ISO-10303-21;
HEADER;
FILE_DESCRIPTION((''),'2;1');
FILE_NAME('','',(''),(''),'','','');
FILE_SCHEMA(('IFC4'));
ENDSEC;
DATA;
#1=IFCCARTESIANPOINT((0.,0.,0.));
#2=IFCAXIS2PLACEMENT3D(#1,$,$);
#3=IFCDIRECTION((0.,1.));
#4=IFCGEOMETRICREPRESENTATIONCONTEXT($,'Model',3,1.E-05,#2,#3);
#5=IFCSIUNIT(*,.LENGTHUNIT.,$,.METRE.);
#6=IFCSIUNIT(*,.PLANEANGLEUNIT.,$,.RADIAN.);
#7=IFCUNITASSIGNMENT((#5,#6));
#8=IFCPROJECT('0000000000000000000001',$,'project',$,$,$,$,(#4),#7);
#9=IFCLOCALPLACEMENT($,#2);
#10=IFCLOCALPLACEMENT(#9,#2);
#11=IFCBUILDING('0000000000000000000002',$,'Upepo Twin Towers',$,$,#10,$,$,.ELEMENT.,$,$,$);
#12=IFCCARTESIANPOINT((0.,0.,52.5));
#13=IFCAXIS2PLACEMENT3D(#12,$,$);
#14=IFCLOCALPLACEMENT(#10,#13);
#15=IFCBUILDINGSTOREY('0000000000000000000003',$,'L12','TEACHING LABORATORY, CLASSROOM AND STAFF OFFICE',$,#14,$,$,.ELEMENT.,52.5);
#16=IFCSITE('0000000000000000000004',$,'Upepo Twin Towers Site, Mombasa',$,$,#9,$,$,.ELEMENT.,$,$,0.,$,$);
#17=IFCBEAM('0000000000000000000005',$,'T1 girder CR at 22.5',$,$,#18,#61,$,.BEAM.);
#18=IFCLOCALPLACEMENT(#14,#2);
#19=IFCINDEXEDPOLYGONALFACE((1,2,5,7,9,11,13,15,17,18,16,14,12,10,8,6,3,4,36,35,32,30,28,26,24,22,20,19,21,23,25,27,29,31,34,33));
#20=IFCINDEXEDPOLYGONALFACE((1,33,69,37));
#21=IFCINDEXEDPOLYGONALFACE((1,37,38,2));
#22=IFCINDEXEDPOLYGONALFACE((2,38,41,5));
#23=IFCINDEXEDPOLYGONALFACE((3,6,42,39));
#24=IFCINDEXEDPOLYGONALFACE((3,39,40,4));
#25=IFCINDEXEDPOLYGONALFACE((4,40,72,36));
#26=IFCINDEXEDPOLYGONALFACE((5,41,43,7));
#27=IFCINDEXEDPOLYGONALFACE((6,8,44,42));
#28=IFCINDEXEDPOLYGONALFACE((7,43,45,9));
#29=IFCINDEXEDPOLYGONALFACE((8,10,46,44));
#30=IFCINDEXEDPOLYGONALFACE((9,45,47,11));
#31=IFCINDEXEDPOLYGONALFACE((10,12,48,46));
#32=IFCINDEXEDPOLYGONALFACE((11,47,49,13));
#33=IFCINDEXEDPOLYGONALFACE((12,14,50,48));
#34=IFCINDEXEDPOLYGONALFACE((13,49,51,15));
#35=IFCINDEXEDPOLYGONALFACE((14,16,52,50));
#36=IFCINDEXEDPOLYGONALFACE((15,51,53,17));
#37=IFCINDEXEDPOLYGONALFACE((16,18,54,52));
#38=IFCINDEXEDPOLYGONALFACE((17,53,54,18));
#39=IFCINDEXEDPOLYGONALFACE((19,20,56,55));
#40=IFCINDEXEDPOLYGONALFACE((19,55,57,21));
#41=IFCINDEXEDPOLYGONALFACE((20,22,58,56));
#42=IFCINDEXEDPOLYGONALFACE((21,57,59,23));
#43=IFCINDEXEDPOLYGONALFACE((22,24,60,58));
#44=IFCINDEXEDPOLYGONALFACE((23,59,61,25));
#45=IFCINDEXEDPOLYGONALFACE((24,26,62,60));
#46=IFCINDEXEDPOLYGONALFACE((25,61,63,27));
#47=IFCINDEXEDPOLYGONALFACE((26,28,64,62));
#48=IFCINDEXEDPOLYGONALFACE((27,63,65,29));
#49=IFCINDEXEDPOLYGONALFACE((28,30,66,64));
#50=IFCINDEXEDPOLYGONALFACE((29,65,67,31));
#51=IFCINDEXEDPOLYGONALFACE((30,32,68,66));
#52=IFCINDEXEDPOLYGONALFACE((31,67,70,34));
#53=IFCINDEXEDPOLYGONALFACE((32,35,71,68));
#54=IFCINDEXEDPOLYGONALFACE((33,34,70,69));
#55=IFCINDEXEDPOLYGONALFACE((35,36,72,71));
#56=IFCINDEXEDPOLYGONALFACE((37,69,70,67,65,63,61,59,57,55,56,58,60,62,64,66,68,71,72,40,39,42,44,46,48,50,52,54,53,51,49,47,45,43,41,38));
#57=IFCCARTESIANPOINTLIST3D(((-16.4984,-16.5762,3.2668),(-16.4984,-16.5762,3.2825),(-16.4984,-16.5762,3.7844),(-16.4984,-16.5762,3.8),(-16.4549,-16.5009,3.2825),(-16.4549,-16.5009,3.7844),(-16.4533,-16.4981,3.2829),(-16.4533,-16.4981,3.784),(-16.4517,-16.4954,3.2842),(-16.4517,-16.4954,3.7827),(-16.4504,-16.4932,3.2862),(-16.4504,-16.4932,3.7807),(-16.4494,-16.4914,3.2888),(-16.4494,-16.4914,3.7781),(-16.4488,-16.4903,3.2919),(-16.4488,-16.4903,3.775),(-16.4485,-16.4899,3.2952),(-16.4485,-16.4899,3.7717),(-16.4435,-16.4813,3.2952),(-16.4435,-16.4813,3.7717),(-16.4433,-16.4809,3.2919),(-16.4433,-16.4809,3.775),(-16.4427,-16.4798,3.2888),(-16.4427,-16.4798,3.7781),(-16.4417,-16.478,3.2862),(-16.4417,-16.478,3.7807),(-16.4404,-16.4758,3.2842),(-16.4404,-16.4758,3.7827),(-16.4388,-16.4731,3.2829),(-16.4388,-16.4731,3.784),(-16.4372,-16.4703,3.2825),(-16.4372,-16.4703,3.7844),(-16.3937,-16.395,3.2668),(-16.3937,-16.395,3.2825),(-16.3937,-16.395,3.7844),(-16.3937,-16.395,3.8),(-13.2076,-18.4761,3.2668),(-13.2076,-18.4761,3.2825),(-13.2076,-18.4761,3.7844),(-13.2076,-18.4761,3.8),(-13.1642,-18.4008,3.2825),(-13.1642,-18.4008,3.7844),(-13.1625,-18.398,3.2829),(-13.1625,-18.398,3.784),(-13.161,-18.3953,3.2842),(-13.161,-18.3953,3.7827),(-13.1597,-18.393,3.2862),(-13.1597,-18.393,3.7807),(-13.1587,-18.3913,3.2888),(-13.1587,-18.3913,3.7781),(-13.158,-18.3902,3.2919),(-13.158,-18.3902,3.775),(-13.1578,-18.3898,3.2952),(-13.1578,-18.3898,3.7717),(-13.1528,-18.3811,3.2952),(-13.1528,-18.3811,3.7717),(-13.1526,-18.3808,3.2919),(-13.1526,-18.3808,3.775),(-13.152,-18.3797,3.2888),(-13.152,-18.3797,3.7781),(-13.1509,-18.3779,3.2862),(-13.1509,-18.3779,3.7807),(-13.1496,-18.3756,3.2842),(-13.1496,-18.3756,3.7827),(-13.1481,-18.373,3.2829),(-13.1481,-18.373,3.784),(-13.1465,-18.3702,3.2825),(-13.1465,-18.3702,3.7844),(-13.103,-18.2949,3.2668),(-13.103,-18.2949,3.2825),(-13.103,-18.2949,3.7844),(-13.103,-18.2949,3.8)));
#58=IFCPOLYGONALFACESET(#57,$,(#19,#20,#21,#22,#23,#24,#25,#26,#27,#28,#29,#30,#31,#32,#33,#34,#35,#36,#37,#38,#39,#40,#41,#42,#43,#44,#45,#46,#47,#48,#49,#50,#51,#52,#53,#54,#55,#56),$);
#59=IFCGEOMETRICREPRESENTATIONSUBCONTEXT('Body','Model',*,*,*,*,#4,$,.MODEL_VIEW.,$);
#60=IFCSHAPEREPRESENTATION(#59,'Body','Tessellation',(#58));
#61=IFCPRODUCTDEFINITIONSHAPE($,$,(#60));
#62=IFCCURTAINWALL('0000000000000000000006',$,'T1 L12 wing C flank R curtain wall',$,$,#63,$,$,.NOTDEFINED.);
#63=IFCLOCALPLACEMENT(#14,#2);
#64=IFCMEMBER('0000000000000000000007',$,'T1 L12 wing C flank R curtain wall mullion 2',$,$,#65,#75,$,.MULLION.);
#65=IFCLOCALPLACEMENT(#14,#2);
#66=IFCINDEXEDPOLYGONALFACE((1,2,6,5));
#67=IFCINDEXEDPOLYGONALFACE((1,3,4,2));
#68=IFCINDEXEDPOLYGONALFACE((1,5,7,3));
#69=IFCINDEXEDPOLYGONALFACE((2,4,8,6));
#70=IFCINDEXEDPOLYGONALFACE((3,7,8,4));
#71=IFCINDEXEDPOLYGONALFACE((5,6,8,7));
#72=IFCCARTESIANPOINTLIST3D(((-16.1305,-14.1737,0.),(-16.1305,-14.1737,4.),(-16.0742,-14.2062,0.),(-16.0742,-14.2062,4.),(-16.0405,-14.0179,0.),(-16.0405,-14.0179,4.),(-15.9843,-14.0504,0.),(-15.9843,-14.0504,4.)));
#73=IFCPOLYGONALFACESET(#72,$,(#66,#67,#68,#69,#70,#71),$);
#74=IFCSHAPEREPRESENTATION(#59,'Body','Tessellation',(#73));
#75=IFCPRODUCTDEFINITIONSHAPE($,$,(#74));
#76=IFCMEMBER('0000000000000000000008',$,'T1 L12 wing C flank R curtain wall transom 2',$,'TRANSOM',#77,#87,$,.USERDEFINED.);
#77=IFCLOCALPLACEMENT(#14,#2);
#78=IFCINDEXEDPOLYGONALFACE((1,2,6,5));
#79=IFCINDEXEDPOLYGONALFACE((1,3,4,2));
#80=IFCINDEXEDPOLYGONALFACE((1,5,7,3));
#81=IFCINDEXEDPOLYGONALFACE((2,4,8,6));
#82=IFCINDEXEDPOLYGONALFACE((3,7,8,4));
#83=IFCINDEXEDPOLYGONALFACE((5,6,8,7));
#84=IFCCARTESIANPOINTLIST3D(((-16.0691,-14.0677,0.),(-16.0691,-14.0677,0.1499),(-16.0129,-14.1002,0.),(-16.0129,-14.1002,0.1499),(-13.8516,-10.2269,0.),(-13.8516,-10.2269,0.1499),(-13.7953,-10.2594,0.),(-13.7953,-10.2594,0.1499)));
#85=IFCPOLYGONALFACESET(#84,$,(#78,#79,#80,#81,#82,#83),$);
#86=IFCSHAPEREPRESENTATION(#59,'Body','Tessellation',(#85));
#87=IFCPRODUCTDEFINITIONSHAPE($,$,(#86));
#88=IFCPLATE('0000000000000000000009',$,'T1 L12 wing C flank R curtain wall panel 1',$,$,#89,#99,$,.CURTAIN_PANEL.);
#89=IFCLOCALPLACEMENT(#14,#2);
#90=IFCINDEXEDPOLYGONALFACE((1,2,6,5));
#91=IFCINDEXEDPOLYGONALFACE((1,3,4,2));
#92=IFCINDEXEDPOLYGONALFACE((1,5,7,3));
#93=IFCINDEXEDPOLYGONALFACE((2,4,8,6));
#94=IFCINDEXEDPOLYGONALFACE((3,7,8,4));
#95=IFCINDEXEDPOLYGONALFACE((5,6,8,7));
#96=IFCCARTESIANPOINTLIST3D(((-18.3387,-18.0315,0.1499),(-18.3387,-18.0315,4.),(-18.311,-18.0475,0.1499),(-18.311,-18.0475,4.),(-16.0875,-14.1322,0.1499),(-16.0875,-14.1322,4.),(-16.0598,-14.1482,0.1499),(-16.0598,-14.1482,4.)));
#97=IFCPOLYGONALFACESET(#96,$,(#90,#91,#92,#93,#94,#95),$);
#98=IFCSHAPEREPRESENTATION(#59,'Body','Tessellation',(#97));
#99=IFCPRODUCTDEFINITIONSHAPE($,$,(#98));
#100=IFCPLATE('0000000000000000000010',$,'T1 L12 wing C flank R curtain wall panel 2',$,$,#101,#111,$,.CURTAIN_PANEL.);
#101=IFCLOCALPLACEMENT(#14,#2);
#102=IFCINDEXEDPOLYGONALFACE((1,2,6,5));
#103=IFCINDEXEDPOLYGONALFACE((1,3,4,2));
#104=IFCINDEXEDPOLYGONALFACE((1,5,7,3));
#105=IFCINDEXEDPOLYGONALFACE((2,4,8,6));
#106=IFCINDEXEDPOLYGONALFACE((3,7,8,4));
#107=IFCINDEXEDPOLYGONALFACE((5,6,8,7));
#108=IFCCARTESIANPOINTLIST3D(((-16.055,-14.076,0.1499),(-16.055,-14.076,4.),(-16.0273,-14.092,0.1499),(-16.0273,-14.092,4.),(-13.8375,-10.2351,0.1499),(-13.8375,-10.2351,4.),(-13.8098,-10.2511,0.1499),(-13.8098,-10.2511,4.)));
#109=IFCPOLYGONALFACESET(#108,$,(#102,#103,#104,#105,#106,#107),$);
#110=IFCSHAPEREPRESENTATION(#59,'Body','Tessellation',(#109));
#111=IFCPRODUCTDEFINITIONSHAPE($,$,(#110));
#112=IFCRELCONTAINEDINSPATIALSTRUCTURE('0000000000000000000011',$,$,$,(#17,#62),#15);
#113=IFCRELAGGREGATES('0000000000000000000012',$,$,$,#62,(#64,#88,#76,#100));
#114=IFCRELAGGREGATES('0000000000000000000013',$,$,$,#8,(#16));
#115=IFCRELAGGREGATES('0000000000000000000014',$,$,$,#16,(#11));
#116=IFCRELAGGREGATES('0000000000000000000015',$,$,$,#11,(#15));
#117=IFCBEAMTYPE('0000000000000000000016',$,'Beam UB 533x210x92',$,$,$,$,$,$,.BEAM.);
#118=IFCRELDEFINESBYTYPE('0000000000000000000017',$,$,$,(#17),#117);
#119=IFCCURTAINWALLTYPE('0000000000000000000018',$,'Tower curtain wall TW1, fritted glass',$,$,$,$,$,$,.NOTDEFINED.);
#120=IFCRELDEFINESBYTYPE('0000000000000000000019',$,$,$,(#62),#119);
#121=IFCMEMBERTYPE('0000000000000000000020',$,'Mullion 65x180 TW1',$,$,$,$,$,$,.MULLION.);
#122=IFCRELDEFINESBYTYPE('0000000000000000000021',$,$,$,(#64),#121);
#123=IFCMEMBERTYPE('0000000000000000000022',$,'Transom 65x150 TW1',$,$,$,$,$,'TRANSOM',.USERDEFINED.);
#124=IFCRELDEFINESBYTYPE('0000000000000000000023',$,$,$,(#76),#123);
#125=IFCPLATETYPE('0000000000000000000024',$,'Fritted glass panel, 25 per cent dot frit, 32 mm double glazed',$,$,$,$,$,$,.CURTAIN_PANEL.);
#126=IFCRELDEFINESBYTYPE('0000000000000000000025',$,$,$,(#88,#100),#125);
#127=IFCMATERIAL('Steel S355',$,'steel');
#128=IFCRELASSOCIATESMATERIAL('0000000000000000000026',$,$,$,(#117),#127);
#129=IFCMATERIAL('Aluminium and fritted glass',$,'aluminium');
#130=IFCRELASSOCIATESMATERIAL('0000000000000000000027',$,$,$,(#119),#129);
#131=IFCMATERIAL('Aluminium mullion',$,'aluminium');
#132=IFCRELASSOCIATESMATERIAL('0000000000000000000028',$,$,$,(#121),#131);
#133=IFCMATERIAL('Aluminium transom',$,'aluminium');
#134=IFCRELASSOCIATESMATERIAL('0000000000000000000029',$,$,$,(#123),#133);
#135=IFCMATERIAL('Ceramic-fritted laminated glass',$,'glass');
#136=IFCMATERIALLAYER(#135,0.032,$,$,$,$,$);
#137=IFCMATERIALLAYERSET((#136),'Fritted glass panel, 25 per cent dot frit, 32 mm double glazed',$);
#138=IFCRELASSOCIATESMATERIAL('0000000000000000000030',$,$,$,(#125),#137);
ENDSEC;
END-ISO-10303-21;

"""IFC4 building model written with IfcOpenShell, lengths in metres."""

from ifc_helpers import new_model, si_unit, direction, frame, origin, origin_2d, place, context, subcontext, project, spatial, rectangle, i_section, extrude, material, layer, layer_set, material_profile, profile_set, type_object, element, aggregate, save


model = new_model("IFC4")

# Units and contexts
model_context = context("Model", 3, precision=1e-05, world=origin(), true_north=direction((0.0, 1.0)))
body_context = subcontext(model_context, "Body", "Model", "MODEL_VIEW")
ifc_project = project(units=[si_unit("LENGTHUNIT", "METRE"), si_unit("PLANEANGLEUNIT", "RADIAN")], contexts=[model_context])

# Site, building, storey
site_placement = place(None, origin())
site = spatial("IfcSite", under=ifc_project, at=site_placement, Name="Upepo Twin Towers Site, Mombasa", CompositionType="ELEMENT", RefElevation=0.0)
building_placement = place(site_placement, origin())
building = spatial("IfcBuilding", under=site, at=building_placement, Name="Upepo Twin Towers", CompositionType="ELEMENT")
storey_placement = place(building_placement, frame((0.0, 0.0, 52.5)))
storey = spatial("IfcBuildingStorey", under=building, at=storey_placement, Name="L12", Description="TEACHING LABORATORY, CLASSROOM AND STAFF OFFICE", CompositionType="ELEMENT", Elevation=52.5)

# Beam
ifc_material_1 = material(Name="Steel S355", Category="steel")
ifc_material_profile_1 = material_profile(ifc_material_1, i_section(OverallWidth=0.2092, OverallDepth=0.5332, WebThickness=0.01, FlangeThickness=0.0156, FilletRadius=0.0127, at=origin_2d()), Name="UB 533x210x92")
ifc_profile_set_1 = profile_set([ifc_material_profile_1], Name="Steel S355")
beam_type_1 = type_object("IfcBeamType", Name="Beam UB 533x210x92", PredefinedType="BEAM", material=ifc_profile_set_1)
beam_1_placement = place(storey_placement, frame((-16.446, -16.4856, 3.5334), z_axis=(0.866028, -0.499995, 0.0), x_axis=(0.499995, 0.866028, 0.0)))
element("IfcBeam", 1, at=beam_1_placement, inside=storey, type_object=beam_type_1, Name="T1 girder CR at 22.5", PredefinedType="BEAM", context=body_context, shape_type="SweptSolid", body=[
    extrude(i_section(OverallWidth=0.2092, OverallDepth=0.5332, WebThickness=0.01, FlangeThickness=0.0156, FilletRadius=0.0127, at=origin_2d()), origin(), (0.0, 0.0, 1.0), 3.7998),
])

# Curtain wall, members, plates
ifc_material_2 = material(Name="Aluminium and fritted glass", Category="aluminium")
curtain_wall_type = type_object("IfcCurtainWallType", Name="Tower curtain wall TW1, fritted glass", PredefinedType="NOTDEFINED", material=ifc_material_2)
curtain_wall_placement = place(storey_placement, origin())
curtain_wall = element("IfcCurtainWall", 2, at=curtain_wall_placement, inside=storey, type_object=curtain_wall_type, Name="T1 L12 wing C flank R curtain wall", PredefinedType="NOTDEFINED")
ifc_material_3 = material(Name="Aluminium mullion", Category="aluminium")
ifc_material_profile_2 = material_profile(ifc_material_3, rectangle(XDim=0.0649, YDim=0.1799, at=origin_2d()), Name="MULLION 65x180")
ifc_profile_set_2 = profile_set([ifc_material_profile_2], Name="Aluminium mullion")
member_type_1 = type_object("IfcMemberType", Name="Mullion 65x180 TW1", PredefinedType="MULLION", material=ifc_profile_set_2)
member_1_placement = place(storey_placement, frame((-16.0574, -14.1121, 0.0), z_axis=(0.0, 0.0, 1.0), x_axis=(-0.866025, 0.5, 0.0)))
member_1 = element("IfcMember", 3, at=member_1_placement, type_object=member_type_1, Name="T1 L12 wing C flank R curtain wall mullion 2", PredefinedType="MULLION", context=body_context, shape_type="SweptSolid", body=[
    extrude(rectangle(XDim=0.0649, YDim=0.1799, at=origin_2d()), origin(), (0.0, 0.0, 1.0), 4.0),
])
ifc_material_4 = material(Name="Aluminium transom", Category="aluminium")
ifc_material_profile_3 = material_profile(ifc_material_4, rectangle(XDim=0.0649, YDim=0.1499, at=origin_2d()), Name="TRANSOM 65x150")
ifc_profile_set_3 = profile_set([ifc_material_profile_3], Name="Aluminium transom")
member_type_2 = type_object("IfcMemberType", Name="Transom 65x150 TW1", ElementType="TRANSOM", PredefinedType="USERDEFINED", material=ifc_profile_set_3)
member_2_placement = place(storey_placement, frame((-16.041, -14.084, 0.075), z_axis=(0.500005, 0.866022, 0.0), x_axis=(-0.866022, 0.500005, 0.0)))
member_2 = element("IfcMember", 4, at=member_2_placement, type_object=member_type_2, Name="T1 L12 wing C flank R curtain wall transom 2", ObjectType="TRANSOM", PredefinedType="USERDEFINED", context=body_context, shape_type="SweptSolid", body=[
    extrude(rectangle(XDim=0.0649, YDim=0.1499, at=origin_2d()), origin(), (0.0, 0.0, 1.0), 4.4351),
])
ifc_material_5 = material(Name="Ceramic-fritted laminated glass", Category="glass")
ifc_layer_1 = layer(ifc_material_5, 0.032)
ifc_layer_set_1 = layer_set([ifc_layer_1], Name="Fritted glass panel, 25 per cent dot frit, 32 mm double glazed")
plate_type = type_object("IfcPlateType", Name="Fritted glass panel, 25 per cent dot frit, 32 mm double glazed", PredefinedType="CURTAIN_PANEL", material=ifc_layer_set_1)
plate_1_placement = place(storey_placement, frame((-17.1992, -16.0898, 0.1499), z_axis=(0.0, 0.0, 1.0), x_axis=(0.5, 0.866025, 0.0)))
plate_1 = element("IfcPlate", 5, at=plate_1_placement, type_object=plate_type, Name="T1 L12 wing C flank R curtain wall panel 1", PredefinedType="CURTAIN_PANEL", context=body_context, shape_type="SweptSolid", body=[
    extrude(rectangle(XDim=4.5024, YDim=0.032, at=origin_2d()), origin(), (0.0, 0.0, 1.0), 3.8501),
])
plate_2_placement = place(storey_placement, frame((-14.9324, -12.1636, 0.1499), z_axis=(0.0, 0.0, 1.0), x_axis=(0.5, 0.866025, 0.0)))
plate_2 = element("IfcPlate", 6, at=plate_2_placement, type_object=plate_type, Name="T1 L12 wing C flank R curtain wall panel 2", PredefinedType="CURTAIN_PANEL", context=body_context, shape_type="SweptSolid", body=[
    extrude(rectangle(XDim=4.4351, YDim=0.032, at=origin_2d()), origin(), (0.0, 0.0, 1.0), 3.8501),
])
aggregate(curtain_wall, [member_1, plate_1, member_2, plate_2])

save(model, "model.ifc")
